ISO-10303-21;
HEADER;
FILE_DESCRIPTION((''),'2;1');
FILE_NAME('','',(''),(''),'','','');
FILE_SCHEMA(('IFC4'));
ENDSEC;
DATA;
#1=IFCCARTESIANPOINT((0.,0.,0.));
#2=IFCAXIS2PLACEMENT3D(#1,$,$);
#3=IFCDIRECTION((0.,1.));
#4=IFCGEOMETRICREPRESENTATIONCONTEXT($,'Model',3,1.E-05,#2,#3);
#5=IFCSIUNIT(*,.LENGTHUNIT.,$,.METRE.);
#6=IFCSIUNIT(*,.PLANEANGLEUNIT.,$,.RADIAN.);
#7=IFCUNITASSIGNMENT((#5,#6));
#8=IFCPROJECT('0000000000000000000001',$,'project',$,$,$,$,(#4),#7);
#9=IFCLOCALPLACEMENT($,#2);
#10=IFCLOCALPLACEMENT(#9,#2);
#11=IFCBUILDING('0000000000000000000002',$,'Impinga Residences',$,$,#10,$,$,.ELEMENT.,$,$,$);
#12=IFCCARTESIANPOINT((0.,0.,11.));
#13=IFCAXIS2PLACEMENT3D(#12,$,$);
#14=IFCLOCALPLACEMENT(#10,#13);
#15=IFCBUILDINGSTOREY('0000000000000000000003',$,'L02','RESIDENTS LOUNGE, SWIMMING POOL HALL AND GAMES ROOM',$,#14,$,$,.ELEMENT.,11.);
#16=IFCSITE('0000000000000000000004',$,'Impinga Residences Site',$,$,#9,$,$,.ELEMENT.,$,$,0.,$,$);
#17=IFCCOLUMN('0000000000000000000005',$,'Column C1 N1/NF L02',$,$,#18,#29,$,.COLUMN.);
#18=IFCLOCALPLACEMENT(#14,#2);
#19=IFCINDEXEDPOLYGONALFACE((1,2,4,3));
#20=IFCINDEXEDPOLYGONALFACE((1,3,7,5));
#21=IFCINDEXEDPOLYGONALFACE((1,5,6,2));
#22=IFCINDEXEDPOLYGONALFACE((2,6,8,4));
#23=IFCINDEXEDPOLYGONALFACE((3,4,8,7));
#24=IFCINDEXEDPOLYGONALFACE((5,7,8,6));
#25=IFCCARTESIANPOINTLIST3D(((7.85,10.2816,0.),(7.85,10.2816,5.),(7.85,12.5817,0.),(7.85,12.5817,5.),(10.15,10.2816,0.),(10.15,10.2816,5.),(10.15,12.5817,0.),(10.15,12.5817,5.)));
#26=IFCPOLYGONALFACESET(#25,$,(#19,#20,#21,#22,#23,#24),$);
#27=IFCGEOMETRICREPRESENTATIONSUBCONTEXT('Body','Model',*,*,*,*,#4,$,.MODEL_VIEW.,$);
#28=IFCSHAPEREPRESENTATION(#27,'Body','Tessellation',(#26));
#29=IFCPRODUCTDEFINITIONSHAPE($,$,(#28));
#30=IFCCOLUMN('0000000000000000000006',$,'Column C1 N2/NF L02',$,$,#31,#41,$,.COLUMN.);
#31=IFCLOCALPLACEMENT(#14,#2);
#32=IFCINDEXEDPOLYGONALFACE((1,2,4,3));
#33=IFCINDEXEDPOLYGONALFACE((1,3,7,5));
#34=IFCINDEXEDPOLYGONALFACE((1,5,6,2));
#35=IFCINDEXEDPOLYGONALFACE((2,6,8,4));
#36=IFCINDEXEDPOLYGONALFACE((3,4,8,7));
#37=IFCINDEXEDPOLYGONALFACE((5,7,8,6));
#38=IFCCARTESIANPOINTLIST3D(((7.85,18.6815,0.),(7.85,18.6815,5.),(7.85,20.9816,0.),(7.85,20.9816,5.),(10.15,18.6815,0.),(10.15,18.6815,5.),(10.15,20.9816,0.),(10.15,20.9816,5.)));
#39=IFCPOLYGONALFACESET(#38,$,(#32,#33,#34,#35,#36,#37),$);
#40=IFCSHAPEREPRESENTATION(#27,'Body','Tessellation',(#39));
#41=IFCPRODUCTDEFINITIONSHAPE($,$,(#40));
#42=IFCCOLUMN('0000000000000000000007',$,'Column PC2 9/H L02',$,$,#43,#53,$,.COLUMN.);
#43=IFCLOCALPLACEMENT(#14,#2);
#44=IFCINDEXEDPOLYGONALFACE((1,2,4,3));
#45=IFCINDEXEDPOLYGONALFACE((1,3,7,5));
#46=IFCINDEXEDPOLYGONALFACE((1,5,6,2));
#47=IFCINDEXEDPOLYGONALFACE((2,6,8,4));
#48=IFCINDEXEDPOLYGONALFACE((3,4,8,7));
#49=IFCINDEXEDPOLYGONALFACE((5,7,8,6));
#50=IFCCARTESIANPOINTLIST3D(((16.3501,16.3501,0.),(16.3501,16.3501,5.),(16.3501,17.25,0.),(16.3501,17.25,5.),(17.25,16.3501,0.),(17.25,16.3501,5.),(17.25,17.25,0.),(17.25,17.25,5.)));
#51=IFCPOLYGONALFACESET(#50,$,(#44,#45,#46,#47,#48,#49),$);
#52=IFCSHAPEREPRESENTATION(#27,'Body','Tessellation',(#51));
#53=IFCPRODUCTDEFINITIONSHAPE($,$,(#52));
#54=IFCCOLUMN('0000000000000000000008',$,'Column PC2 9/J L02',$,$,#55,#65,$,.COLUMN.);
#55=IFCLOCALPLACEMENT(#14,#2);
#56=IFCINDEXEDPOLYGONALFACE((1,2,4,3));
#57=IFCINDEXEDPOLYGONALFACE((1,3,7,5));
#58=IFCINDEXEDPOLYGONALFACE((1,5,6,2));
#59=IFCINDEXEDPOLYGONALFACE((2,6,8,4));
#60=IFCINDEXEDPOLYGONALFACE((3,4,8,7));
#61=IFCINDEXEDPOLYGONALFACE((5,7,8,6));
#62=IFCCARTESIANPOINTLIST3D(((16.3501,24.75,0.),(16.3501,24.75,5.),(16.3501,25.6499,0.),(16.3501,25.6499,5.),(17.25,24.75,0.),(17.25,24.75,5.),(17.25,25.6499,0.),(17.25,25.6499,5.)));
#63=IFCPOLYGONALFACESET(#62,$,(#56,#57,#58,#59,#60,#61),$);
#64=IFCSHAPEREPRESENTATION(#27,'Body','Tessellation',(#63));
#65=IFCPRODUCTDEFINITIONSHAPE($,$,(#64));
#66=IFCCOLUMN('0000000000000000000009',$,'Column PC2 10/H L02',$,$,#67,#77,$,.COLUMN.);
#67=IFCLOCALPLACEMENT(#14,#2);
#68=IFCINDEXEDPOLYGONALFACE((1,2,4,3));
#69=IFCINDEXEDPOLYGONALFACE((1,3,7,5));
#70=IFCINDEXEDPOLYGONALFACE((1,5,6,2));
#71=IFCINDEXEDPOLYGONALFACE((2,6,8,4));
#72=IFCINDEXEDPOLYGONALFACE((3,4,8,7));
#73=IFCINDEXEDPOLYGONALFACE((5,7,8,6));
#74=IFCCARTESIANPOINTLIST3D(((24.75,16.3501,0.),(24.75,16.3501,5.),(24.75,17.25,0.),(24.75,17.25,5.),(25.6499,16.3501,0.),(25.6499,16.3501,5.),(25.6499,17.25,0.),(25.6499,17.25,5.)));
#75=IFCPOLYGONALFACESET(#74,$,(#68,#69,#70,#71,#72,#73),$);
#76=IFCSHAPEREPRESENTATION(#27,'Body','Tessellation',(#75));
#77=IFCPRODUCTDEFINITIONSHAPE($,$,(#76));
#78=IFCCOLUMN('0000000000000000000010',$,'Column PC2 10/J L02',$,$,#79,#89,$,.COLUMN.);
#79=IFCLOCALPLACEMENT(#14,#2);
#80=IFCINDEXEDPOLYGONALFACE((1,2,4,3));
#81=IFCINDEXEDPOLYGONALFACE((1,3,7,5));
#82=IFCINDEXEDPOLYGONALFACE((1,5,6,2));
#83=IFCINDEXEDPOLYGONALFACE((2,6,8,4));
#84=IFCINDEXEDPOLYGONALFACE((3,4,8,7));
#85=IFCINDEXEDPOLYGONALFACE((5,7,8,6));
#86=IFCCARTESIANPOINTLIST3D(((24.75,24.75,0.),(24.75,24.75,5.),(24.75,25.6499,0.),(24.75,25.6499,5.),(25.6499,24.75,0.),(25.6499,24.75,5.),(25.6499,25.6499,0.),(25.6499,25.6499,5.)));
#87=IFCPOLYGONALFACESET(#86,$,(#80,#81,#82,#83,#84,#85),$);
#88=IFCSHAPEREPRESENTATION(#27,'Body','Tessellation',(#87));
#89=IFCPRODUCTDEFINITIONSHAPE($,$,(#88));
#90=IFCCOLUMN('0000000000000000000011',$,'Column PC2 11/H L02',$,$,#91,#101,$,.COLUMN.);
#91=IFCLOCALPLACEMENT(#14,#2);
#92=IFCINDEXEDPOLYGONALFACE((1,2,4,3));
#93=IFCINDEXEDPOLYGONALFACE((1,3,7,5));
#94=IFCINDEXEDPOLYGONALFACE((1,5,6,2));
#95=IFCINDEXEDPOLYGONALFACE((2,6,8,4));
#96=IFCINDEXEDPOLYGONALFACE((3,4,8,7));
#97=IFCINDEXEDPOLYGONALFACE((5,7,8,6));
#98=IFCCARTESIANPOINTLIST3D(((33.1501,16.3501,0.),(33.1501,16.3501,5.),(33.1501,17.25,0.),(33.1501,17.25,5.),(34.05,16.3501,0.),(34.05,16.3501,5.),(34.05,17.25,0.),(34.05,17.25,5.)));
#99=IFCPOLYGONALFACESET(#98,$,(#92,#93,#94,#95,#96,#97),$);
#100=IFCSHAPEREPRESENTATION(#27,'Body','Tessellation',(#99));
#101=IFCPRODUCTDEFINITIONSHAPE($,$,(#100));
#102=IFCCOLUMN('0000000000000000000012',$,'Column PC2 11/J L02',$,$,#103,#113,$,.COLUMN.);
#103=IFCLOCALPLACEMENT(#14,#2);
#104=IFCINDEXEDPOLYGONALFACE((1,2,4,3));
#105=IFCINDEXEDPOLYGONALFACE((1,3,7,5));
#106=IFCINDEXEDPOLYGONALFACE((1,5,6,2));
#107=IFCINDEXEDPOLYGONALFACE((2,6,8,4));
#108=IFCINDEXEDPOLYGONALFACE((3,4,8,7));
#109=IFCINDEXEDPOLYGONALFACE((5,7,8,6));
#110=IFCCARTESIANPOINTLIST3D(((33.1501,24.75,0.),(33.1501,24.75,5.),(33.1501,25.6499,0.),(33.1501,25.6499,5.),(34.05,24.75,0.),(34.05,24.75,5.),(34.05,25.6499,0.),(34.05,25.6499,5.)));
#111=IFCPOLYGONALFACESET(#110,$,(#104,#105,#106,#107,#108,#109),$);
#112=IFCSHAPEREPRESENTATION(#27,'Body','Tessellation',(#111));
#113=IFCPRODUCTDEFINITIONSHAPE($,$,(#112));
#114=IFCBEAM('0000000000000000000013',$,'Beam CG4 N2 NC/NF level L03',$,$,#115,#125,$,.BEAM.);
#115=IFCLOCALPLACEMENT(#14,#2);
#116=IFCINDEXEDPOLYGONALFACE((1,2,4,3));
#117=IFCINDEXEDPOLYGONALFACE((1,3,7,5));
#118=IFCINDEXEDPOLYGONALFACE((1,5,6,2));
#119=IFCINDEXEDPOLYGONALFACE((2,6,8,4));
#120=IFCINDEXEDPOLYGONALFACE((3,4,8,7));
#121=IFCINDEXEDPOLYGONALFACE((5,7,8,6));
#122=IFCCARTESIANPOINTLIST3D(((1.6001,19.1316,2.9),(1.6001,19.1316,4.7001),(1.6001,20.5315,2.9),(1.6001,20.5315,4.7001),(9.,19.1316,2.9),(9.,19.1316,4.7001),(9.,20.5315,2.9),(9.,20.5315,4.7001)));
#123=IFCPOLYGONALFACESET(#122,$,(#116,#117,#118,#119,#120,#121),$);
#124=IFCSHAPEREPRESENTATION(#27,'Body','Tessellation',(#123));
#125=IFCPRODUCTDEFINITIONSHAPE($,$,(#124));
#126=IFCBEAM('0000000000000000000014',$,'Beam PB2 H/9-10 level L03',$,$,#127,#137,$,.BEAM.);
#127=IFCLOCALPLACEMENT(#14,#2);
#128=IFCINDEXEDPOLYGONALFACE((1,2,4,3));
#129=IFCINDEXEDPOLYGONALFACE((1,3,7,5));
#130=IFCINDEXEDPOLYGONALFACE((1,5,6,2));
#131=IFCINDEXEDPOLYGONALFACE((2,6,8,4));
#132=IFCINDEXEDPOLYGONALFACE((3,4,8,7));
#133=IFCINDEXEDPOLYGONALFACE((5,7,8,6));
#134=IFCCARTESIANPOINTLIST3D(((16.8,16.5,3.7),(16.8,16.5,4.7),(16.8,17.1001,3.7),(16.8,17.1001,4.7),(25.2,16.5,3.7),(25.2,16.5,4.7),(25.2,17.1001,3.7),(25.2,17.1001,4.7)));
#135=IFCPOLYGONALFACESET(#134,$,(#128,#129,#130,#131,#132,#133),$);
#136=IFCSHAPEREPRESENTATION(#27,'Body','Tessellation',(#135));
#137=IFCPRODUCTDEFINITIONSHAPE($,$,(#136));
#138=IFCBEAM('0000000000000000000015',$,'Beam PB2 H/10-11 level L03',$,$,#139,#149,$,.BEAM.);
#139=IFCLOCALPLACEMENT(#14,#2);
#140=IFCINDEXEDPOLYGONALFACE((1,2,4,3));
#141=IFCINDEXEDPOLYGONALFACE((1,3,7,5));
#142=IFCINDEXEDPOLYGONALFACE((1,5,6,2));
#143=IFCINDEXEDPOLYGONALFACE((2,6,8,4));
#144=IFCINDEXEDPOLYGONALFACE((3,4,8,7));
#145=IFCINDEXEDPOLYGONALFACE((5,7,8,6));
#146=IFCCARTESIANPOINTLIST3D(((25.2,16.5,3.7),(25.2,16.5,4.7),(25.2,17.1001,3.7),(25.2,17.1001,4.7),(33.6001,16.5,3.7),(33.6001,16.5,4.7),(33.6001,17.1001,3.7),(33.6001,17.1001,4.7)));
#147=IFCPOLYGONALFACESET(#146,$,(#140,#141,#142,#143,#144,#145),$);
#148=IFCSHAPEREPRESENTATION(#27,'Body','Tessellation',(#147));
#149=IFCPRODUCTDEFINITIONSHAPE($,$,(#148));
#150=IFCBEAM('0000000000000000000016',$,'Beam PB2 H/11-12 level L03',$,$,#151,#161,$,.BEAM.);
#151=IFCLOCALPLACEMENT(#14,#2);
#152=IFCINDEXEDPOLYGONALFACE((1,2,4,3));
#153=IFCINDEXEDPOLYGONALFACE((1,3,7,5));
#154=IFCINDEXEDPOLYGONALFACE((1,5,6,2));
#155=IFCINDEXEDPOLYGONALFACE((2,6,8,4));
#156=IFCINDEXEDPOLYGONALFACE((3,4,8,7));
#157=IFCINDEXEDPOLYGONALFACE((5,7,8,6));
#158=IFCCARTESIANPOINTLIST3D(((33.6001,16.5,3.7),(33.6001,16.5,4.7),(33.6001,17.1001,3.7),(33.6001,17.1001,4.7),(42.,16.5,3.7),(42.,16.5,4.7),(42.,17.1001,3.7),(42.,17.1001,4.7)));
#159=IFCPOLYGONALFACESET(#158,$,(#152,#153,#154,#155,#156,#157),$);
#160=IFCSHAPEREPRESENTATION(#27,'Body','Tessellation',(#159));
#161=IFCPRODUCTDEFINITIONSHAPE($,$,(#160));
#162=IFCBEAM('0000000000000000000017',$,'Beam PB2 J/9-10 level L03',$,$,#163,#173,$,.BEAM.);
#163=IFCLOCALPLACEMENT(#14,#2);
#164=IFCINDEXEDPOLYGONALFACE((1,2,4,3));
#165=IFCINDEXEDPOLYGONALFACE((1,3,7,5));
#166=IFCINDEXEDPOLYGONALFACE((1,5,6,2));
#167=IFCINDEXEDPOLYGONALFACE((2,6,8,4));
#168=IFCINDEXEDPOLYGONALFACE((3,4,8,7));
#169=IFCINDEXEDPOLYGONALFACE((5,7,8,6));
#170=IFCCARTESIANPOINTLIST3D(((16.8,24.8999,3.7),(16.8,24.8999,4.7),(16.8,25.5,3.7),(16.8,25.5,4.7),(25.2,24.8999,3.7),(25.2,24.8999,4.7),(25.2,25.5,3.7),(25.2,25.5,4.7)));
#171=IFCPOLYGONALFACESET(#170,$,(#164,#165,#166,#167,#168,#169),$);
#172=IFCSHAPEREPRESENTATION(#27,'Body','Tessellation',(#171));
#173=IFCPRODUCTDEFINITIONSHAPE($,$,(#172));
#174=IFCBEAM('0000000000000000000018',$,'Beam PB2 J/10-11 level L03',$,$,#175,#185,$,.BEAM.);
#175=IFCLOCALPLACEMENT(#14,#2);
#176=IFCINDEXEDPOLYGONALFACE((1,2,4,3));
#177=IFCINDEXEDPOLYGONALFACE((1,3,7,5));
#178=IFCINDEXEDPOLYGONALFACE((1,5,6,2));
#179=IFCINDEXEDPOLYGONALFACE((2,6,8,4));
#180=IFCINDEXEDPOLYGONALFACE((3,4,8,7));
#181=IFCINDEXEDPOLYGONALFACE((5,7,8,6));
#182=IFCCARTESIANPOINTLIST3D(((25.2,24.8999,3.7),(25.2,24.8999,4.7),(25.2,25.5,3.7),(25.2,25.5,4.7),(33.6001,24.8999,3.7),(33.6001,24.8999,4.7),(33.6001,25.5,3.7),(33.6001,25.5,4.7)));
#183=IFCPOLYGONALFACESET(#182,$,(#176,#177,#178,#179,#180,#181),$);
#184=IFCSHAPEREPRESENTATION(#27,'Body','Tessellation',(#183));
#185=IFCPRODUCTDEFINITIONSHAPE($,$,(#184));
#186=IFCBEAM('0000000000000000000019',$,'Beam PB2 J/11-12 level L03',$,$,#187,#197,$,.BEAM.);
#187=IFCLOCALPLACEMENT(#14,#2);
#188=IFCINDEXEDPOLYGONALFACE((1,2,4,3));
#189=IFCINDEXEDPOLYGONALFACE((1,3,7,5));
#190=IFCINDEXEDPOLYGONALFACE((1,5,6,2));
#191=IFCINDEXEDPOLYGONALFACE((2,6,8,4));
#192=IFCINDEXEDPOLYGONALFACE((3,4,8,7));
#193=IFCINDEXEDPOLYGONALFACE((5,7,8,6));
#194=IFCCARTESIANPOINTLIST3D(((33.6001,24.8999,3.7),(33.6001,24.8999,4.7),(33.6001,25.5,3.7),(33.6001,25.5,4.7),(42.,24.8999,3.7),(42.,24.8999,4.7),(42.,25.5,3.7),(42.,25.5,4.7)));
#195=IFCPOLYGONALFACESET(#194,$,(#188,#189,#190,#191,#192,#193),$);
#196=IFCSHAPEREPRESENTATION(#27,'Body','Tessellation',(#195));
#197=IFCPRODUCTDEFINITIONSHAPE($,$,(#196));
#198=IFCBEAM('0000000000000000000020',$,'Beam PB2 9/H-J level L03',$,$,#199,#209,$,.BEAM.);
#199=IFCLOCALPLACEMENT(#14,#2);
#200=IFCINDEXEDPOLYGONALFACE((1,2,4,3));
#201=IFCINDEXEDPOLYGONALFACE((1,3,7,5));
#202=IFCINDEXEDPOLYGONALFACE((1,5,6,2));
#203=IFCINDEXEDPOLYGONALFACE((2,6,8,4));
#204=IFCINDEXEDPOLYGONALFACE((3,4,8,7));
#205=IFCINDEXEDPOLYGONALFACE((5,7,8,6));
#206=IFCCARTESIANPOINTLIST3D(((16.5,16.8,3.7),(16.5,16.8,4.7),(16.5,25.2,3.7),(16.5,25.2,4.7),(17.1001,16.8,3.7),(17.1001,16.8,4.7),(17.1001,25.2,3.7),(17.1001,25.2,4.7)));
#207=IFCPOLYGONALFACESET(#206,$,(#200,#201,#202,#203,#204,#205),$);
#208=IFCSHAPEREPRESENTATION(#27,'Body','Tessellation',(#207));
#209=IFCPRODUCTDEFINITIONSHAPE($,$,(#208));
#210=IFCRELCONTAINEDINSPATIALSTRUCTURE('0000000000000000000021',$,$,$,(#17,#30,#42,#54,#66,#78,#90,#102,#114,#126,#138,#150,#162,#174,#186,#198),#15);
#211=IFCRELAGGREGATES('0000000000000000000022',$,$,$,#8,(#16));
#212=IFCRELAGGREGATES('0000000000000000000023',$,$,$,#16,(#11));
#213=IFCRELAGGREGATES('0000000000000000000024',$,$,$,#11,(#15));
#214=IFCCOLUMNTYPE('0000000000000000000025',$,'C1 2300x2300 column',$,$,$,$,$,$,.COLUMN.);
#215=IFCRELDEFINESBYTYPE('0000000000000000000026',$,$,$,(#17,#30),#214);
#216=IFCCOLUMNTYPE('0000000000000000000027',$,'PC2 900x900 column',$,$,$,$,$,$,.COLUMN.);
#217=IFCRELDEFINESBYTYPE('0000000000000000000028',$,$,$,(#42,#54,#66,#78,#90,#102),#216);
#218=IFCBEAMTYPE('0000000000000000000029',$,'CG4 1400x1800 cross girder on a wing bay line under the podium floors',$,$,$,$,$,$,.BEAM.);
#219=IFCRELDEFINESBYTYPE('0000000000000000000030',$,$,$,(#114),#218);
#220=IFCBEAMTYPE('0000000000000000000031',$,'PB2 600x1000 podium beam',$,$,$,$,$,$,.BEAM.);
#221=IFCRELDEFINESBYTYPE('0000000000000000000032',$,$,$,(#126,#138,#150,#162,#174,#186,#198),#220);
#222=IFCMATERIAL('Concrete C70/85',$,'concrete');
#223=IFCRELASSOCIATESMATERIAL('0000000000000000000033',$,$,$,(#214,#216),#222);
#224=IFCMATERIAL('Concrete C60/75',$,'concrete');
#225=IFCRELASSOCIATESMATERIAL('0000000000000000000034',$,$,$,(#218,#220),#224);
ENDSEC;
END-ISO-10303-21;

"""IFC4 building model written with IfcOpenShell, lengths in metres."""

from ifc_helpers import new_model, si_unit, direction, frame, origin, origin_2d, place, context, subcontext, project, spatial, rectangle, extrude, material, material_profile, profile_set, type_object, element, save


model = new_model("IFC4")

# Units and contexts
model_context = context("Model", 3, precision=1e-05, world=origin(), true_north=direction((0.0, 1.0)))
body_context = subcontext(model_context, "Body", "Model", "MODEL_VIEW")
ifc_project = project(units=[si_unit("LENGTHUNIT", "METRE"), si_unit("PLANEANGLEUNIT", "RADIAN")], contexts=[model_context])

# Site, building, storey
site_placement = place(None, origin())
site = spatial("IfcSite", under=ifc_project, at=site_placement, Name="Impinga Residences Site", CompositionType="ELEMENT", RefElevation=0.0)
building_placement = place(site_placement, origin())
building = spatial("IfcBuilding", under=site, at=building_placement, Name="Impinga Residences", CompositionType="ELEMENT")
storey_placement = place(building_placement, frame((0.0, 0.0, 11.0)))
storey = spatial("IfcBuildingStorey", under=building, at=storey_placement, Name="L02", Description="RESIDENTS LOUNGE, SWIMMING POOL HALL AND GAMES ROOM", CompositionType="ELEMENT", Elevation=11.0)

# Columns
ifc_material_1 = material(Name="Concrete C70/85", Category="concrete")
ifc_material_profile_1 = material_profile(ifc_material_1, rectangle(XDim=2.3, YDim=2.3, at=origin_2d()), Name="RC 2300x2300")
ifc_profile_set_1 = profile_set([ifc_material_profile_1], Name="Concrete C70/85")
column_type_1 = type_object("IfcColumnType", Name="C1 2300x2300 column", PredefinedType="COLUMN", material=ifc_profile_set_1)
for number, where, z_axis, x_axis, name in (
    (1, (9.0, 11.4316, 0.0), (0.0, 0.0, 1.0), (1.0, 0.0, 0.0), "Column C1 N1/NF L02"),
    (2, (9.0, 19.8315, 0.0), (0.0, 0.0, 1.0), (1.0, 0.0, 0.0), "Column C1 N2/NF L02"),
):
    element("IfcColumn", number, at=place(storey_placement, frame(where, z_axis=z_axis, x_axis=x_axis)), inside=storey, type_object=column_type_1, Name=name, PredefinedType="COLUMN", context=body_context, shape_type="SweptSolid", body=[
        extrude(rectangle(XDim=2.3, YDim=2.3, at=origin_2d()), origin(), (0.0, 0.0, 1.0), 5.0),
    ])
ifc_material_profile_2 = material_profile(ifc_material_1, rectangle(XDim=0.8999, YDim=0.8999, at=origin_2d()), Name="RC 900x900")
ifc_profile_set_2 = profile_set([ifc_material_profile_2], Name="Concrete C70/85")
column_type_2 = type_object("IfcColumnType", Name="PC2 900x900 column", PredefinedType="COLUMN", material=ifc_profile_set_2)
for number, where, z_axis, x_axis, name in (
    (3, (16.8, 16.8, 0.0), (0.0, 0.0, 1.0), (1.0, 0.0, 0.0), "Column PC2 9/H L02"),
    (4, (16.8, 25.2, 0.0), (0.0, 0.0, 1.0), (1.0, 0.0, 0.0), "Column PC2 9/J L02"),
    (5, (25.2, 16.8, 0.0), (0.0, 0.0, 1.0), (1.0, 0.0, 0.0), "Column PC2 10/H L02"),
    (6, (25.2, 25.2, 0.0), (0.0, 0.0, 1.0), (1.0, 0.0, 0.0), "Column PC2 10/J L02"),
    (7, (33.6001, 16.8, 0.0), (0.0, 0.0, 1.0), (1.0, 0.0, 0.0), "Column PC2 11/H L02"),
    (8, (33.6001, 25.2, 0.0), (0.0, 0.0, 1.0), (1.0, 0.0, 0.0), "Column PC2 11/J L02"),
):
    element("IfcColumn", number, at=place(storey_placement, frame(where, z_axis=z_axis, x_axis=x_axis)), inside=storey, type_object=column_type_2, Name=name, PredefinedType="COLUMN", context=body_context, shape_type="SweptSolid", body=[
        extrude(rectangle(XDim=0.8999, YDim=0.8999, at=origin_2d()), origin(), (0.0, 0.0, 1.0), 5.0),
    ])

# Beams
ifc_material_2 = material(Name="Concrete C60/75", Category="concrete")
ifc_material_profile_3 = material_profile(ifc_material_2, rectangle(XDim=1.3999, YDim=1.8, at=origin_2d()), Name="RC 1400x1800")
ifc_profile_set_3 = profile_set([ifc_material_profile_3], Name="Concrete C60/75")
beam_type_1 = type_object("IfcBeamType", Name="CG4 1400x1800 cross girder on a wing bay line under the podium floors", PredefinedType="BEAM", material=ifc_profile_set_3)
beam_1_placement = place(storey_placement, frame((1.6001, 19.8315, 3.8), z_axis=(1.0, 0.0, 0.0), x_axis=(0.0, 1.0, 0.0)))
element("IfcBeam", 9, at=beam_1_placement, inside=storey, type_object=beam_type_1, Name="Beam CG4 N2 NC/NF level L03", PredefinedType="BEAM", context=body_context, shape_type="SweptSolid", body=[
    extrude(rectangle(XDim=1.3999, YDim=1.8, at=origin_2d()), origin(), (0.0, 0.0, 1.0), 7.3999),
])
ifc_material_profile_4 = material_profile(ifc_material_2, rectangle(XDim=0.6001, YDim=1.0, at=origin_2d()), Name="RC 600x1000")
ifc_profile_set_4 = profile_set([ifc_material_profile_4], Name="Concrete C60/75")
beam_type_2 = type_object("IfcBeamType", Name="PB2 600x1000 podium beam", PredefinedType="BEAM", material=ifc_profile_set_4)
beam_2_placement = place(storey_placement, frame((16.8, 16.8, 4.2), z_axis=(1.0, 0.0, 0.0), x_axis=(0.0, 1.0, 0.0)))
element("IfcBeam", 10, at=beam_2_placement, inside=storey, type_object=beam_type_2, Name="Beam PB2 H/9-10 level L03", PredefinedType="BEAM", context=body_context, shape_type="SweptSolid", body=[
    extrude(rectangle(XDim=0.6001, YDim=1.0, at=origin_2d()), origin(), (0.0, 0.0, 1.0), 8.3999),
])
beam_3_placement = place(storey_placement, frame((25.2, 16.8, 4.2), z_axis=(1.0, 0.0, 0.0), x_axis=(0.0, 1.0, 0.0)))
element("IfcBeam", 11, at=beam_3_placement, inside=storey, type_object=beam_type_2, Name="Beam PB2 H/10-11 level L03", PredefinedType="BEAM", context=body_context, shape_type="SweptSolid", body=[
    extrude(rectangle(XDim=0.6001, YDim=1.0, at=origin_2d()), origin(), (0.0, 0.0, 1.0), 8.4001),
])
for number, where, z_axis, x_axis, name in (
    (12, (33.6001, 16.8, 4.2), (1.0, 0.0, 0.0), (0.0, 1.0, 0.0), "Beam PB2 H/11-12 level L03"),
    (13, (16.8, 25.2, 4.2), (1.0, 0.0, 0.0), (0.0, 1.0, 0.0), "Beam PB2 J/9-10 level L03"),
):
    element("IfcBeam", number, at=place(storey_placement, frame(where, z_axis=z_axis, x_axis=x_axis)), inside=storey, type_object=beam_type_2, Name=name, PredefinedType="BEAM", context=body_context, shape_type="SweptSolid", body=[
        extrude(rectangle(XDim=0.6001, YDim=1.0, at=origin_2d()), origin(), (0.0, 0.0, 1.0), 8.3999),
    ])
beam_4_placement = place(storey_placement, frame((25.2, 25.2, 4.2), z_axis=(1.0, 0.0, 0.0), x_axis=(0.0, 1.0, 0.0)))
element("IfcBeam", 14, at=beam_4_placement, inside=storey, type_object=beam_type_2, Name="Beam PB2 J/10-11 level L03", PredefinedType="BEAM", context=body_context, shape_type="SweptSolid", body=[
    extrude(rectangle(XDim=0.6001, YDim=1.0, at=origin_2d()), origin(), (0.0, 0.0, 1.0), 8.4001),
])
for number, where, z_axis, x_axis, name in (
    (15, (33.6001, 25.2, 4.2), (1.0, 0.0, 0.0), (0.0, 1.0, 0.0), "Beam PB2 J/11-12 level L03"),
    (16, (16.8, 16.8, 4.2), (0.0, 1.0, 0.0), (-1.0, 0.0, 0.0), "Beam PB2 9/H-J level L03"),
):
    element("IfcBeam", number, at=place(storey_placement, frame(where, z_axis=z_axis, x_axis=x_axis)), inside=storey, type_object=beam_type_2, Name=name, PredefinedType="BEAM", context=body_context, shape_type="SweptSolid", body=[
        extrude(rectangle(XDim=0.6001, YDim=1.0, at=origin_2d()), origin(), (0.0, 0.0, 1.0), 8.3999),
    ])

save(model, "model.ifc")
